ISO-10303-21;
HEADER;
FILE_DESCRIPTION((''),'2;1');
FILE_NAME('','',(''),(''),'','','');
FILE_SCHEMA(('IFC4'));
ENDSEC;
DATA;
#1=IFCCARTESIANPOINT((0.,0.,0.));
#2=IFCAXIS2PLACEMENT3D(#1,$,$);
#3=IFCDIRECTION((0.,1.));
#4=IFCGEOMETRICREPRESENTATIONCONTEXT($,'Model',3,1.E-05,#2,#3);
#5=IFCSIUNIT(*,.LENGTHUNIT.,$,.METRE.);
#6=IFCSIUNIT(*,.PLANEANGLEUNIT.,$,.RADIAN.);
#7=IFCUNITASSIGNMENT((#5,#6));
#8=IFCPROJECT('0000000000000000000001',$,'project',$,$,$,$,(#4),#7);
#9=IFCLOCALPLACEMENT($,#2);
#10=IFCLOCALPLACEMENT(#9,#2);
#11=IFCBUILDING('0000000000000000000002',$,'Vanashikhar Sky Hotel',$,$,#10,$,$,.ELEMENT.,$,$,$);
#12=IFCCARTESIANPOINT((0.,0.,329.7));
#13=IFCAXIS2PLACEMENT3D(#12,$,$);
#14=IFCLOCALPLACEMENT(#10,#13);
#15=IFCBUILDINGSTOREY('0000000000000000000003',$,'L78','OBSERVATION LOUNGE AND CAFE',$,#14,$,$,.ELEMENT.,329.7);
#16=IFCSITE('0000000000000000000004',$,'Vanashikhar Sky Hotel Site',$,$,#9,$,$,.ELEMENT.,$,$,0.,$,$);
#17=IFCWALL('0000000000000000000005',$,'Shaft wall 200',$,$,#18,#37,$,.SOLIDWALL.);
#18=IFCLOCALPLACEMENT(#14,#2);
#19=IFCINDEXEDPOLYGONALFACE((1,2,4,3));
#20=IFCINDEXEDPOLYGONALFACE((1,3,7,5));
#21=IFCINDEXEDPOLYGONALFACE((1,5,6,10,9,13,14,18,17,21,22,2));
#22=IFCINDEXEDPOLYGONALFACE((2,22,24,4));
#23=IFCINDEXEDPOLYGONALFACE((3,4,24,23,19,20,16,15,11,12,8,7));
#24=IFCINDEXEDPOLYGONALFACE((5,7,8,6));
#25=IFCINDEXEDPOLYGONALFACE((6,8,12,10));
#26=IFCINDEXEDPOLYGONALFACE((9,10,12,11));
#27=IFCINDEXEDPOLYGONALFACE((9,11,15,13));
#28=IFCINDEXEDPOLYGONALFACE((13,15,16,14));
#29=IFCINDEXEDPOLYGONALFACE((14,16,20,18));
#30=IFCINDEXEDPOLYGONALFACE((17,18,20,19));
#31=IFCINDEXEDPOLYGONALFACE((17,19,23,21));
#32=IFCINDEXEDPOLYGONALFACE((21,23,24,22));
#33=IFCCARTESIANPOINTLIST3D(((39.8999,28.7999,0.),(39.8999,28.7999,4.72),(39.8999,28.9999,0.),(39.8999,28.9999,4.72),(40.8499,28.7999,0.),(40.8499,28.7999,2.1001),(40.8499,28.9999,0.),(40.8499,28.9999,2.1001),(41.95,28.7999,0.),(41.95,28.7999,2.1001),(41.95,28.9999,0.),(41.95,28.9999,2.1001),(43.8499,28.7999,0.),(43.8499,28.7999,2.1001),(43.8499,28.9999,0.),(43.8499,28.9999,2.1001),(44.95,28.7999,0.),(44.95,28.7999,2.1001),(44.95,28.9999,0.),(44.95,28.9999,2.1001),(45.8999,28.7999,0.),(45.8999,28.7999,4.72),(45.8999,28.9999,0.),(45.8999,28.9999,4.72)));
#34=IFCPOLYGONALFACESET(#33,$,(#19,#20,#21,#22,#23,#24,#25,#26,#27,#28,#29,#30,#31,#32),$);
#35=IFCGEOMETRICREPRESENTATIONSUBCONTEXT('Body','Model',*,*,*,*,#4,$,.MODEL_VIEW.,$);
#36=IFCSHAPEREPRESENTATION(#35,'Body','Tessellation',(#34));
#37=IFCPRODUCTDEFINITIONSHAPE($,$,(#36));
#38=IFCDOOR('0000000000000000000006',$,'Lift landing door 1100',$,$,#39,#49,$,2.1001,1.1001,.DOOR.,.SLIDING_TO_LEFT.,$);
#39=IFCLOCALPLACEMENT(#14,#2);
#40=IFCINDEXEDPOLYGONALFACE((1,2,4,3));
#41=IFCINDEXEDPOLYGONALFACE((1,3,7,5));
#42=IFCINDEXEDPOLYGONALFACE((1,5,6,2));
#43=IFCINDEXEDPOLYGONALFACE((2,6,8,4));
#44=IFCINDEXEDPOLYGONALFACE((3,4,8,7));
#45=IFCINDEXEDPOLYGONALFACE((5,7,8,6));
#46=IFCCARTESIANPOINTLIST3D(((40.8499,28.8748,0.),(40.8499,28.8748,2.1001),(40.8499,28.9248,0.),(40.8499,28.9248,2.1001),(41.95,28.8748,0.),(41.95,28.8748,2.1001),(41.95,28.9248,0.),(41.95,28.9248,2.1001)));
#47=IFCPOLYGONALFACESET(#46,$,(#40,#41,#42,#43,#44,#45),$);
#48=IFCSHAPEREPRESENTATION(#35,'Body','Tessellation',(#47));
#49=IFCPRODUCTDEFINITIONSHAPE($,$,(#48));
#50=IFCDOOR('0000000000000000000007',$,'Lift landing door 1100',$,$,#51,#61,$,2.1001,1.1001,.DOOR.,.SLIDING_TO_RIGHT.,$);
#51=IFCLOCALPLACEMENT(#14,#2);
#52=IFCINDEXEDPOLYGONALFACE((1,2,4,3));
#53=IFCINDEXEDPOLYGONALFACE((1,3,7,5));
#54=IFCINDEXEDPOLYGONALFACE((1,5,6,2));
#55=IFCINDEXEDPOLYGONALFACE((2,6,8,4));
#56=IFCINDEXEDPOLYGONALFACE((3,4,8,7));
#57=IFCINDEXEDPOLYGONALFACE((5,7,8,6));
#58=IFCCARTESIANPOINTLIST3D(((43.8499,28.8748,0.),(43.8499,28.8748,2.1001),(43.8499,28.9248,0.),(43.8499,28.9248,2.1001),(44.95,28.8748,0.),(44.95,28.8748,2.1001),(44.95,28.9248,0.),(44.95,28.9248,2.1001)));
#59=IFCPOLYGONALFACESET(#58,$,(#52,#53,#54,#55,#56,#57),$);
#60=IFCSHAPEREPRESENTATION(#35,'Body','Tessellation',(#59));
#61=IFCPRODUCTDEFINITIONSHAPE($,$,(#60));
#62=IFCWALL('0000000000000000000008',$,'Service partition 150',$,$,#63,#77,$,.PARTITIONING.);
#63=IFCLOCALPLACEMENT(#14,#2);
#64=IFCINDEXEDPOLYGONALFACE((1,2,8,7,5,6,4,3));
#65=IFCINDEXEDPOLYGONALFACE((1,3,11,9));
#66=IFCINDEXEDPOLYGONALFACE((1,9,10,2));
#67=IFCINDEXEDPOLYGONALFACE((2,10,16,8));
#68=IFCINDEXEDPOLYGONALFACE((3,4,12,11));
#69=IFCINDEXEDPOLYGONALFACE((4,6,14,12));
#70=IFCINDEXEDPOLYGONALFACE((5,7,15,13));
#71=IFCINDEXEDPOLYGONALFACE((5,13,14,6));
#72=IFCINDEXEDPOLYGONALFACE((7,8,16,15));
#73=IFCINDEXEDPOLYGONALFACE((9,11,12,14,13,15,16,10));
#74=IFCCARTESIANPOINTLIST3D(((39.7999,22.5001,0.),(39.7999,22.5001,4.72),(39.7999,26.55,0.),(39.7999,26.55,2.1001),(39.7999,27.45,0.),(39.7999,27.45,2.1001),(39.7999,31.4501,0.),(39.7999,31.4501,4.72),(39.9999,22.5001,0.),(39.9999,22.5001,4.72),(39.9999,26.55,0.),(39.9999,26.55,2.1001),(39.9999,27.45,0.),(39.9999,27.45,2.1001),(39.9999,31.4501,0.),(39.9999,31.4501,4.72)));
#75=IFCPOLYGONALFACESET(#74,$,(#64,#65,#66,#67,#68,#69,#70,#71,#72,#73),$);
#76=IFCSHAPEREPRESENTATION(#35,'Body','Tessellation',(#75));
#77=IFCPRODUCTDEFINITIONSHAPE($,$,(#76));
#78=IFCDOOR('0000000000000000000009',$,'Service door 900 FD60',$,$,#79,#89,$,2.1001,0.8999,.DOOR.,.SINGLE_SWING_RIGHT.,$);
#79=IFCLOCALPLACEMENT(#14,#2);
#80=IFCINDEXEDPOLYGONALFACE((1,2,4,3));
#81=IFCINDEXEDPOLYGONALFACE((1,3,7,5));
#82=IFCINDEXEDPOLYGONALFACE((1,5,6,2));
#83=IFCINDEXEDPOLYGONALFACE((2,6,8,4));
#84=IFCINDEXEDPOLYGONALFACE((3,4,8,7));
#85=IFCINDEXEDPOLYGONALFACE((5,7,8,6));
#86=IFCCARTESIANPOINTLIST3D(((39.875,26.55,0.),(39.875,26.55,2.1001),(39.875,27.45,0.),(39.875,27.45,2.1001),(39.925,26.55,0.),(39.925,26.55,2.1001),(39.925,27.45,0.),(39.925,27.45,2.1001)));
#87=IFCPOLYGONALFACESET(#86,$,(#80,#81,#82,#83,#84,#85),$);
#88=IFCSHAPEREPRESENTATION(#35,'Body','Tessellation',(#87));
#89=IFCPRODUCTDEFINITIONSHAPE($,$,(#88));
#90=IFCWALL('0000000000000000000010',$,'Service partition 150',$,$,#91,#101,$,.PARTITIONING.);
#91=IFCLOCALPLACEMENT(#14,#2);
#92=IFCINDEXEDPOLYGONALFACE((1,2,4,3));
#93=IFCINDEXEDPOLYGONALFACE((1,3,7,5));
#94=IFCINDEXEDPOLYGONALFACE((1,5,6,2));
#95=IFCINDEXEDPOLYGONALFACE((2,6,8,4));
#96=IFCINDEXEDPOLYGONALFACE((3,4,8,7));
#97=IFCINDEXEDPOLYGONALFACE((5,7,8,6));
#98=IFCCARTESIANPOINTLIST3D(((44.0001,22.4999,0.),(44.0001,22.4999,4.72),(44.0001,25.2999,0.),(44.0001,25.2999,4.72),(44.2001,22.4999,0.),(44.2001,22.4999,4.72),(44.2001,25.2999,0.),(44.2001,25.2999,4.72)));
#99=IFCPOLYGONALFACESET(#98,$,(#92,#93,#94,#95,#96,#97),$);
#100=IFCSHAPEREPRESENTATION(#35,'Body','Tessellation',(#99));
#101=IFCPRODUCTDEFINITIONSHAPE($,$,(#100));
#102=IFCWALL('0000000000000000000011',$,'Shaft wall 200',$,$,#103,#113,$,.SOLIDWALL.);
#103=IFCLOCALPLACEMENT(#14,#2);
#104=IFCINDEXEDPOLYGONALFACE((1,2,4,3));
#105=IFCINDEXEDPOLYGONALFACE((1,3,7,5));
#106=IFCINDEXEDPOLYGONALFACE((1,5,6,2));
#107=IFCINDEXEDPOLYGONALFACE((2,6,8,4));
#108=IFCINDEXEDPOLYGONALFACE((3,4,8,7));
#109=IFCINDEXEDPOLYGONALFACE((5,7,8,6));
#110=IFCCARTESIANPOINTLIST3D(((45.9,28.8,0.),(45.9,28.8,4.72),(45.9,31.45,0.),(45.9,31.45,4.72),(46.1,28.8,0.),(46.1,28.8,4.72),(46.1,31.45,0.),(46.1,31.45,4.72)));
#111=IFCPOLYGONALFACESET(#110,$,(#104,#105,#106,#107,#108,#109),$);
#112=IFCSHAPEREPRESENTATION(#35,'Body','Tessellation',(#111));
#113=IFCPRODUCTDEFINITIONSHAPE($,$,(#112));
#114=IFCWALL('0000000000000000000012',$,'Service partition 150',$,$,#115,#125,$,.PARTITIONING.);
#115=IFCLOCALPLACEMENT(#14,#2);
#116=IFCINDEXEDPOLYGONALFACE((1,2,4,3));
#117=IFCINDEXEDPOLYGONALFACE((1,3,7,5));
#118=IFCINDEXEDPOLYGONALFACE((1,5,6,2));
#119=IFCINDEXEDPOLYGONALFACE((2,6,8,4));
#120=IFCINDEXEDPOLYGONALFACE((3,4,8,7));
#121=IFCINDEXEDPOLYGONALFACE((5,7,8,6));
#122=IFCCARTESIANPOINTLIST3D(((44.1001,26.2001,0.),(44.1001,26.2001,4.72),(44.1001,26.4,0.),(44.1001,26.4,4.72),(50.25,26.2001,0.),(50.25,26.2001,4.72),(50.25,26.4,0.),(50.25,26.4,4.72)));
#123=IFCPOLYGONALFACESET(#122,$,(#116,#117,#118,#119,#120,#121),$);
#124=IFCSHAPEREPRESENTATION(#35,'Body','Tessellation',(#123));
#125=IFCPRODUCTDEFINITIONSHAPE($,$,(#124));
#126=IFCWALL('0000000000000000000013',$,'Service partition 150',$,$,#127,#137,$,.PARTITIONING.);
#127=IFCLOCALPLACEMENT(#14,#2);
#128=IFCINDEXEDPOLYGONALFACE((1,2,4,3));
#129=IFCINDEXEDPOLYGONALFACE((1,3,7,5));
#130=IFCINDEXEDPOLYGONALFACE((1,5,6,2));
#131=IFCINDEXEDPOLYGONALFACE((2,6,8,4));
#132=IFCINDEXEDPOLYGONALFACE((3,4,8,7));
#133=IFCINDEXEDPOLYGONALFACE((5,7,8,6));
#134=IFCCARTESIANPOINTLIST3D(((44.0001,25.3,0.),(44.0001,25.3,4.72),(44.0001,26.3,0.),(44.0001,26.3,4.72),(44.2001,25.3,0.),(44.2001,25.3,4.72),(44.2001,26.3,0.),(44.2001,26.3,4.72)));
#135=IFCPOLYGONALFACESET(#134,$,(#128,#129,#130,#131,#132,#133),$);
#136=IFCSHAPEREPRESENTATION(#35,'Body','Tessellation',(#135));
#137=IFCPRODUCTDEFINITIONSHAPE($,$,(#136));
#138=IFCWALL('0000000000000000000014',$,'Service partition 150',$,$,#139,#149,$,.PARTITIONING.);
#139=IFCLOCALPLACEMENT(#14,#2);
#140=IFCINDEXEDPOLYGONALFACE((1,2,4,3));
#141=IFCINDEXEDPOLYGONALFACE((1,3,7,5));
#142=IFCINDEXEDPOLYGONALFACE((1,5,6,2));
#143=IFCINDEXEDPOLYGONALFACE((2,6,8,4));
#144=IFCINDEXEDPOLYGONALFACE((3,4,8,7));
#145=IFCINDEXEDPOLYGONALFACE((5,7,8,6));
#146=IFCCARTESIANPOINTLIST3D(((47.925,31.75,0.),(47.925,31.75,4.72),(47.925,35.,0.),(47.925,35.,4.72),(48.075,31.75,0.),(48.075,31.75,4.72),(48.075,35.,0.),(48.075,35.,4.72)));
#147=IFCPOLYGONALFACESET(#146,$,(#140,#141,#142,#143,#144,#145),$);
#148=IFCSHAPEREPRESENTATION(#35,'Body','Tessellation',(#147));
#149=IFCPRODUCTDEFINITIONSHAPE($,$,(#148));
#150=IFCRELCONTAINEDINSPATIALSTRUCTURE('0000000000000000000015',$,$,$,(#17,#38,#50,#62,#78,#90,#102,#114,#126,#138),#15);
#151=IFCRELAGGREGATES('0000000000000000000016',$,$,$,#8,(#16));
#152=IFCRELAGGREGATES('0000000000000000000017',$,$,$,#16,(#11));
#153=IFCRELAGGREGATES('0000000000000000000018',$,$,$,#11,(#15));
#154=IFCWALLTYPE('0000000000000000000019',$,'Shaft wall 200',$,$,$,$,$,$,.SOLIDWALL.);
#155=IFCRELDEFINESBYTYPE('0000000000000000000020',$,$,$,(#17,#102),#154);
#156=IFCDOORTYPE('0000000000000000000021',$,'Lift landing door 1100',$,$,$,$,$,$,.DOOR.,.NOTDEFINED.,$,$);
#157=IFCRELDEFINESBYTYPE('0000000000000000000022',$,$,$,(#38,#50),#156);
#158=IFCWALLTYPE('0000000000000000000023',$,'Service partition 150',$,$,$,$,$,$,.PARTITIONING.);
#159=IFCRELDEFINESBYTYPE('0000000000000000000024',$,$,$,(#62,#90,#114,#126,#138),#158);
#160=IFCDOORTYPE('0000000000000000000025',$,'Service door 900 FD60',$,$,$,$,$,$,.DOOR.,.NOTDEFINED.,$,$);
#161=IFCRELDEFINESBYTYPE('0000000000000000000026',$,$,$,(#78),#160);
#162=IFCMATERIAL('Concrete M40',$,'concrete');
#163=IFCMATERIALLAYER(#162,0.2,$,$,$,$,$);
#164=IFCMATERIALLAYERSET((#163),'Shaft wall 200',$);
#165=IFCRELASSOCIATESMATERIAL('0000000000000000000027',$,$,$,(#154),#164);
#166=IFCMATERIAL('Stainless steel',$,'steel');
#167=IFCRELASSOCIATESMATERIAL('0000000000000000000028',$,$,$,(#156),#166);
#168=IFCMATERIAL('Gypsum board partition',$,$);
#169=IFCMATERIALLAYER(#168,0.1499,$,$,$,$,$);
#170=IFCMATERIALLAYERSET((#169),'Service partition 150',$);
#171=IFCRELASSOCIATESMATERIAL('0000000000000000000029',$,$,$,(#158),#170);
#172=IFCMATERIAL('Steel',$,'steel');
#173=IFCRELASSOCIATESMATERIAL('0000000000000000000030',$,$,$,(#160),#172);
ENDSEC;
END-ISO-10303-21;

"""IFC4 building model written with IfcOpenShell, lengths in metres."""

from ifc_helpers import new_model, si_unit, direction, frame, frame_2d, origin, place, context, subcontext, project, spatial, rectangle, extrude, source, transform, mapped, material, layer, layer_set, type_object, element, fill, save


model = new_model("IFC4")

# Units and contexts
model_context = context("Model", 3, precision=1e-05, world=origin(), true_north=direction((0.0, 1.0)))
body_context = subcontext(model_context, "Body", "Model", "MODEL_VIEW")
ifc_project = project(units=[si_unit("LENGTHUNIT", "METRE"), si_unit("PLANEANGLEUNIT", "RADIAN")], contexts=[model_context])

# Site, building, storey
site_placement = place(None, origin())
site = spatial("IfcSite", under=ifc_project, at=site_placement, Name="Vanashikhar Sky Hotel Site", CompositionType="ELEMENT", RefElevation=0.0)
building_placement = place(site_placement, origin())
building = spatial("IfcBuilding", under=site, at=building_placement, Name="Vanashikhar Sky Hotel", CompositionType="ELEMENT")
storey_placement = place(building_placement, frame((0.0, 0.0, 329.7)))
storey = spatial("IfcBuildingStorey", under=building, at=storey_placement, Name="L78", Description="OBSERVATION LOUNGE AND CAFE", CompositionType="ELEMENT", Elevation=329.7)

# Shared definitions
ifc_material_1 = material(Name="Steel", Category="steel")

# Wall, openings, doors
ifc_material_2 = material(Name="Concrete M40", Category="concrete")
ifc_layer_1 = layer(ifc_material_2, 0.2)
ifc_layer_set_1 = layer_set([ifc_layer_1], Name="Shaft wall 200")
wall_type_1 = type_object("IfcWallType", Name="Shaft wall 200", PredefinedType="SOLIDWALL", material=ifc_layer_set_1)
shared_shape_1 = source(origin(), body_context, "Body", "SweptSolid", [
    extrude(rectangle(XDim=6.0, YDim=0.2, at=frame_2d((3.0, 0.0))), origin(), (0.0, 0.0, 1.0), 4.72),
])
wall_1_placement = place(storey_placement, frame((39.8999, 28.8999, 0.0), z_axis=(0.0, 0.0, 1.0), x_axis=(1.0, 0.0, 0.0)))
wall_1 = element("IfcWall", 1, at=wall_1_placement, inside=storey, type_object=wall_type_1, Name="Shaft wall 200", PredefinedType="SOLIDWALL", context=body_context, shape_type="MappedRepresentation", body=[
    mapped(shared_shape_1, transform((0.0, 0.0, 0.0), scale=1.0)),
])
shared_shape_2 = source(origin(), body_context, "Body", "SweptSolid", [
    extrude(rectangle(XDim=1.1001, YDim=2.1001, at=frame_2d((0.55, 1.05))), frame((0.0, 0.1099, 0.0), z_axis=(0.0, -1.0, 0.0), x_axis=(1.0, 0.0, 0.0)), (0.0, 0.0, 1.0), 0.22),
])
opening_1_placement = place(wall_1_placement, frame((0.95, 0.0, 0.0)))
opening_1 = element("IfcOpeningElement", 2, at=opening_1_placement, cuts=wall_1, PredefinedType="OPENING", context=body_context, shape_type="MappedRepresentation", body=[
    mapped(shared_shape_2, transform((0.0, 0.0, 0.0), scale=1.0)),
])
opening_2_placement = place(wall_1_placement, frame((3.95, 0.0, 0.0)))
opening_2 = element("IfcOpeningElement", 3, at=opening_2_placement, cuts=wall_1, PredefinedType="OPENING", context=body_context, shape_type="MappedRepresentation", body=[
    mapped(shared_shape_2, transform((0.0, 0.0, 0.0), scale=1.0)),
])
ifc_material_3 = material(Name="Stainless steel", Category="steel")
door_type_1 = type_object("IfcDoorType", Name="Lift landing door 1100", OperationType="NOTDEFINED", PredefinedType="DOOR", material=ifc_material_3)
shared_shape_3 = source(origin(), body_context, "Body", "SweptSolid", [
    extrude(rectangle(XDim=1.1001, YDim=2.1001, at=frame_2d((0.55, 1.05))), frame((0.0, 0.0249, 0.0), z_axis=(0.0, -1.0, 0.0), x_axis=(1.0, 0.0, 0.0)), (0.0, 0.0, 1.0), 0.05),
])
door_1_placement = place(opening_1_placement, origin())
door_1 = element("IfcDoor", 4, at=door_1_placement, inside=storey, type_object=door_type_1, Name="Lift landing door 1100", OperationType="SLIDING_TO_LEFT", OverallHeight=2.1001, OverallWidth=1.1001, PredefinedType="DOOR", context=body_context, shape_type="MappedRepresentation", body=[
    mapped(shared_shape_3, transform((0.0, 0.0, 0.0), scale=1.0)),
])
fill(opening_1, door_1)
door_2_placement = place(opening_2_placement, origin())
door_2 = element("IfcDoor", 5, at=door_2_placement, inside=storey, type_object=door_type_1, Name="Lift landing door 1100", OperationType="SLIDING_TO_RIGHT", OverallHeight=2.1001, OverallWidth=1.1001, PredefinedType="DOOR", context=body_context, shape_type="MappedRepresentation", body=[
    mapped(shared_shape_3, transform((0.0, 0.0, 0.0), scale=1.0)),
])
fill(opening_2, door_2)

# Wall, opening, door
ifc_material_4 = material(Name="Gypsum board partition")
ifc_layer_2 = layer(ifc_material_4, 0.1499)
ifc_layer_set_2 = layer_set([ifc_layer_2], Name="Service partition 150")
wall_type_2 = type_object("IfcWallType", Name="Service partition 150", PredefinedType="PARTITIONING", material=ifc_layer_set_2)
shared_shape_4 = source(origin(), body_context, "Body", "SweptSolid", [
    extrude(rectangle(XDim=8.95, YDim=0.2, at=frame_2d((4.4751, 0.0))), origin(), (0.0, 0.0, 1.0), 4.72),
])
wall_2_placement = place(storey_placement, frame((39.8999, 22.5, 0.0), z_axis=(0.0, 0.0, 1.0), x_axis=(0.0, 1.0, 0.0)))
wall_2 = element("IfcWall", 6, at=wall_2_placement, inside=storey, type_object=wall_type_2, Name="Service partition 150", PredefinedType="PARTITIONING", context=body_context, shape_type="MappedRepresentation", body=[
    mapped(shared_shape_4, transform((0.0, 0.0, 0.0), scale=1.0)),
])
shared_shape_5 = source(origin(), body_context, "Body", "SweptSolid", [
    extrude(rectangle(XDim=0.8999, YDim=2.1001, at=frame_2d((0.45, 1.05))), frame((0.0, 0.1099, 0.0), z_axis=(0.0, -1.0, 0.0), x_axis=(1.0, 0.0, 0.0)), (0.0, 0.0, 1.0), 0.22),
])
opening_3_placement = place(wall_2_placement, frame((4.05, 0.0, 0.0)))
opening_3 = element("IfcOpeningElement", 7, at=opening_3_placement, cuts=wall_2, PredefinedType="OPENING", context=body_context, shape_type="MappedRepresentation", body=[
    mapped(shared_shape_5, transform((0.0, 0.0, 0.0), scale=1.0)),
])
door_type_2 = type_object("IfcDoorType", Name="Service door 900 FD60", OperationType="NOTDEFINED", PredefinedType="DOOR", material=ifc_material_1)
shared_shape_6 = source(origin(), body_context, "Body", "SweptSolid", [
    extrude(rectangle(XDim=0.8999, YDim=2.1001, at=frame_2d((0.45, 1.05))), frame((0.0, 0.0249, 0.0), z_axis=(0.0, -1.0, 0.0), x_axis=(1.0, 0.0, 0.0)), (0.0, 0.0, 1.0), 0.05),
])
door_3_placement = place(opening_3_placement, origin())
door_3 = element("IfcDoor", 8, at=door_3_placement, inside=storey, type_object=door_type_2, Name="Service door 900 FD60", OperationType="SINGLE_SWING_RIGHT", OverallHeight=2.1001, OverallWidth=0.8999, PredefinedType="DOOR", context=body_context, shape_type="MappedRepresentation", body=[
    mapped(shared_shape_6, transform((0.0, 0.0, 0.0), scale=1.0)),
])
fill(opening_3, door_3)

# Walls
shared_shape_7 = source(origin(), body_context, "Body", "SweptSolid", [
    extrude(rectangle(XDim=2.8, YDim=0.2, at=frame_2d((1.3999, 0.0))), origin(), (0.0, 0.0, 1.0), 4.72),
])
wall_3_placement = place(storey_placement, frame((44.1001, 22.5, 0.0), z_axis=(0.0, 0.0, 1.0), x_axis=(0.0, 1.0, 0.0)))
element("IfcWall", 9, at=wall_3_placement, inside=storey, type_object=wall_type_2, Name="Service partition 150", PredefinedType="PARTITIONING", context=body_context, shape_type="MappedRepresentation", body=[
    mapped(shared_shape_7, transform((0.0, 0.0, 0.0), scale=1.0)),
])
shared_shape_8 = source(origin(), body_context, "Body", "SweptSolid", [
    extrude(rectangle(XDim=2.6499, YDim=0.2, at=frame_2d((1.325, 0.0))), origin(), (0.0, 0.0, 1.0), 4.72),
])
wall_4_placement = place(storey_placement, frame((46.0, 28.8, 0.0), z_axis=(0.0, 0.0, 1.0), x_axis=(0.0, 1.0, 0.0)))
element("IfcWall", 10, at=wall_4_placement, inside=storey, type_object=wall_type_1, Name="Shaft wall 200", PredefinedType="SOLIDWALL", context=body_context, shape_type="MappedRepresentation", body=[
    mapped(shared_shape_8, transform((0.0, 0.0, 0.0), scale=1.0)),
])
shared_shape_9 = source(origin(), body_context, "Body", "SweptSolid", [
    extrude(rectangle(XDim=6.1499, YDim=0.2, at=frame_2d((3.075, 0.0))), origin(), (0.0, 0.0, 1.0), 4.72),
])
wall_5_placement = place(storey_placement, frame((44.1001, 26.3, 0.0), z_axis=(0.0, 0.0, 1.0), x_axis=(1.0, 0.0, 0.0)))
element("IfcWall", 11, at=wall_5_placement, inside=storey, type_object=wall_type_2, Name="Service partition 150", PredefinedType="PARTITIONING", context=body_context, shape_type="MappedRepresentation", body=[
    mapped(shared_shape_9, transform((0.0, 0.0, 0.0), scale=1.0)),
])
shared_shape_10 = source(origin(), body_context, "Body", "SweptSolid", [
    extrude(rectangle(XDim=1.0, YDim=0.2, at=frame_2d((0.5, 0.0))), origin(), (0.0, 0.0, 1.0), 4.72),
])
wall_6_placement = place(storey_placement, frame((44.1001, 25.3, 0.0), z_axis=(0.0, 0.0, 1.0), x_axis=(0.0, 1.0, 0.0)))
element("IfcWall", 12, at=wall_6_placement, inside=storey, type_object=wall_type_2, Name="Service partition 150", PredefinedType="PARTITIONING", context=body_context, shape_type="MappedRepresentation", body=[
    mapped(shared_shape_10, transform((0.0, 0.0, 0.0), scale=1.0)),
])
shared_shape_11 = source(origin(), body_context, "Body", "SweptSolid", [
    extrude(rectangle(XDim=3.25, YDim=0.1499, at=frame_2d((1.625, 0.0))), origin(), (0.0, 0.0, 1.0), 4.72),
])
wall_7_placement = place(storey_placement, frame((48.0, 31.75, 0.0), z_axis=(0.0, 0.0, 1.0), x_axis=(0.0, 1.0, 0.0)))
element("IfcWall", 13, at=wall_7_placement, inside=storey, type_object=wall_type_2, Name="Service partition 150", PredefinedType="PARTITIONING", context=body_context, shape_type="MappedRepresentation", body=[
    mapped(shared_shape_11, transform((0.0, 0.0, 0.0), scale=1.0)),
])

save(model, "model.ifc")
